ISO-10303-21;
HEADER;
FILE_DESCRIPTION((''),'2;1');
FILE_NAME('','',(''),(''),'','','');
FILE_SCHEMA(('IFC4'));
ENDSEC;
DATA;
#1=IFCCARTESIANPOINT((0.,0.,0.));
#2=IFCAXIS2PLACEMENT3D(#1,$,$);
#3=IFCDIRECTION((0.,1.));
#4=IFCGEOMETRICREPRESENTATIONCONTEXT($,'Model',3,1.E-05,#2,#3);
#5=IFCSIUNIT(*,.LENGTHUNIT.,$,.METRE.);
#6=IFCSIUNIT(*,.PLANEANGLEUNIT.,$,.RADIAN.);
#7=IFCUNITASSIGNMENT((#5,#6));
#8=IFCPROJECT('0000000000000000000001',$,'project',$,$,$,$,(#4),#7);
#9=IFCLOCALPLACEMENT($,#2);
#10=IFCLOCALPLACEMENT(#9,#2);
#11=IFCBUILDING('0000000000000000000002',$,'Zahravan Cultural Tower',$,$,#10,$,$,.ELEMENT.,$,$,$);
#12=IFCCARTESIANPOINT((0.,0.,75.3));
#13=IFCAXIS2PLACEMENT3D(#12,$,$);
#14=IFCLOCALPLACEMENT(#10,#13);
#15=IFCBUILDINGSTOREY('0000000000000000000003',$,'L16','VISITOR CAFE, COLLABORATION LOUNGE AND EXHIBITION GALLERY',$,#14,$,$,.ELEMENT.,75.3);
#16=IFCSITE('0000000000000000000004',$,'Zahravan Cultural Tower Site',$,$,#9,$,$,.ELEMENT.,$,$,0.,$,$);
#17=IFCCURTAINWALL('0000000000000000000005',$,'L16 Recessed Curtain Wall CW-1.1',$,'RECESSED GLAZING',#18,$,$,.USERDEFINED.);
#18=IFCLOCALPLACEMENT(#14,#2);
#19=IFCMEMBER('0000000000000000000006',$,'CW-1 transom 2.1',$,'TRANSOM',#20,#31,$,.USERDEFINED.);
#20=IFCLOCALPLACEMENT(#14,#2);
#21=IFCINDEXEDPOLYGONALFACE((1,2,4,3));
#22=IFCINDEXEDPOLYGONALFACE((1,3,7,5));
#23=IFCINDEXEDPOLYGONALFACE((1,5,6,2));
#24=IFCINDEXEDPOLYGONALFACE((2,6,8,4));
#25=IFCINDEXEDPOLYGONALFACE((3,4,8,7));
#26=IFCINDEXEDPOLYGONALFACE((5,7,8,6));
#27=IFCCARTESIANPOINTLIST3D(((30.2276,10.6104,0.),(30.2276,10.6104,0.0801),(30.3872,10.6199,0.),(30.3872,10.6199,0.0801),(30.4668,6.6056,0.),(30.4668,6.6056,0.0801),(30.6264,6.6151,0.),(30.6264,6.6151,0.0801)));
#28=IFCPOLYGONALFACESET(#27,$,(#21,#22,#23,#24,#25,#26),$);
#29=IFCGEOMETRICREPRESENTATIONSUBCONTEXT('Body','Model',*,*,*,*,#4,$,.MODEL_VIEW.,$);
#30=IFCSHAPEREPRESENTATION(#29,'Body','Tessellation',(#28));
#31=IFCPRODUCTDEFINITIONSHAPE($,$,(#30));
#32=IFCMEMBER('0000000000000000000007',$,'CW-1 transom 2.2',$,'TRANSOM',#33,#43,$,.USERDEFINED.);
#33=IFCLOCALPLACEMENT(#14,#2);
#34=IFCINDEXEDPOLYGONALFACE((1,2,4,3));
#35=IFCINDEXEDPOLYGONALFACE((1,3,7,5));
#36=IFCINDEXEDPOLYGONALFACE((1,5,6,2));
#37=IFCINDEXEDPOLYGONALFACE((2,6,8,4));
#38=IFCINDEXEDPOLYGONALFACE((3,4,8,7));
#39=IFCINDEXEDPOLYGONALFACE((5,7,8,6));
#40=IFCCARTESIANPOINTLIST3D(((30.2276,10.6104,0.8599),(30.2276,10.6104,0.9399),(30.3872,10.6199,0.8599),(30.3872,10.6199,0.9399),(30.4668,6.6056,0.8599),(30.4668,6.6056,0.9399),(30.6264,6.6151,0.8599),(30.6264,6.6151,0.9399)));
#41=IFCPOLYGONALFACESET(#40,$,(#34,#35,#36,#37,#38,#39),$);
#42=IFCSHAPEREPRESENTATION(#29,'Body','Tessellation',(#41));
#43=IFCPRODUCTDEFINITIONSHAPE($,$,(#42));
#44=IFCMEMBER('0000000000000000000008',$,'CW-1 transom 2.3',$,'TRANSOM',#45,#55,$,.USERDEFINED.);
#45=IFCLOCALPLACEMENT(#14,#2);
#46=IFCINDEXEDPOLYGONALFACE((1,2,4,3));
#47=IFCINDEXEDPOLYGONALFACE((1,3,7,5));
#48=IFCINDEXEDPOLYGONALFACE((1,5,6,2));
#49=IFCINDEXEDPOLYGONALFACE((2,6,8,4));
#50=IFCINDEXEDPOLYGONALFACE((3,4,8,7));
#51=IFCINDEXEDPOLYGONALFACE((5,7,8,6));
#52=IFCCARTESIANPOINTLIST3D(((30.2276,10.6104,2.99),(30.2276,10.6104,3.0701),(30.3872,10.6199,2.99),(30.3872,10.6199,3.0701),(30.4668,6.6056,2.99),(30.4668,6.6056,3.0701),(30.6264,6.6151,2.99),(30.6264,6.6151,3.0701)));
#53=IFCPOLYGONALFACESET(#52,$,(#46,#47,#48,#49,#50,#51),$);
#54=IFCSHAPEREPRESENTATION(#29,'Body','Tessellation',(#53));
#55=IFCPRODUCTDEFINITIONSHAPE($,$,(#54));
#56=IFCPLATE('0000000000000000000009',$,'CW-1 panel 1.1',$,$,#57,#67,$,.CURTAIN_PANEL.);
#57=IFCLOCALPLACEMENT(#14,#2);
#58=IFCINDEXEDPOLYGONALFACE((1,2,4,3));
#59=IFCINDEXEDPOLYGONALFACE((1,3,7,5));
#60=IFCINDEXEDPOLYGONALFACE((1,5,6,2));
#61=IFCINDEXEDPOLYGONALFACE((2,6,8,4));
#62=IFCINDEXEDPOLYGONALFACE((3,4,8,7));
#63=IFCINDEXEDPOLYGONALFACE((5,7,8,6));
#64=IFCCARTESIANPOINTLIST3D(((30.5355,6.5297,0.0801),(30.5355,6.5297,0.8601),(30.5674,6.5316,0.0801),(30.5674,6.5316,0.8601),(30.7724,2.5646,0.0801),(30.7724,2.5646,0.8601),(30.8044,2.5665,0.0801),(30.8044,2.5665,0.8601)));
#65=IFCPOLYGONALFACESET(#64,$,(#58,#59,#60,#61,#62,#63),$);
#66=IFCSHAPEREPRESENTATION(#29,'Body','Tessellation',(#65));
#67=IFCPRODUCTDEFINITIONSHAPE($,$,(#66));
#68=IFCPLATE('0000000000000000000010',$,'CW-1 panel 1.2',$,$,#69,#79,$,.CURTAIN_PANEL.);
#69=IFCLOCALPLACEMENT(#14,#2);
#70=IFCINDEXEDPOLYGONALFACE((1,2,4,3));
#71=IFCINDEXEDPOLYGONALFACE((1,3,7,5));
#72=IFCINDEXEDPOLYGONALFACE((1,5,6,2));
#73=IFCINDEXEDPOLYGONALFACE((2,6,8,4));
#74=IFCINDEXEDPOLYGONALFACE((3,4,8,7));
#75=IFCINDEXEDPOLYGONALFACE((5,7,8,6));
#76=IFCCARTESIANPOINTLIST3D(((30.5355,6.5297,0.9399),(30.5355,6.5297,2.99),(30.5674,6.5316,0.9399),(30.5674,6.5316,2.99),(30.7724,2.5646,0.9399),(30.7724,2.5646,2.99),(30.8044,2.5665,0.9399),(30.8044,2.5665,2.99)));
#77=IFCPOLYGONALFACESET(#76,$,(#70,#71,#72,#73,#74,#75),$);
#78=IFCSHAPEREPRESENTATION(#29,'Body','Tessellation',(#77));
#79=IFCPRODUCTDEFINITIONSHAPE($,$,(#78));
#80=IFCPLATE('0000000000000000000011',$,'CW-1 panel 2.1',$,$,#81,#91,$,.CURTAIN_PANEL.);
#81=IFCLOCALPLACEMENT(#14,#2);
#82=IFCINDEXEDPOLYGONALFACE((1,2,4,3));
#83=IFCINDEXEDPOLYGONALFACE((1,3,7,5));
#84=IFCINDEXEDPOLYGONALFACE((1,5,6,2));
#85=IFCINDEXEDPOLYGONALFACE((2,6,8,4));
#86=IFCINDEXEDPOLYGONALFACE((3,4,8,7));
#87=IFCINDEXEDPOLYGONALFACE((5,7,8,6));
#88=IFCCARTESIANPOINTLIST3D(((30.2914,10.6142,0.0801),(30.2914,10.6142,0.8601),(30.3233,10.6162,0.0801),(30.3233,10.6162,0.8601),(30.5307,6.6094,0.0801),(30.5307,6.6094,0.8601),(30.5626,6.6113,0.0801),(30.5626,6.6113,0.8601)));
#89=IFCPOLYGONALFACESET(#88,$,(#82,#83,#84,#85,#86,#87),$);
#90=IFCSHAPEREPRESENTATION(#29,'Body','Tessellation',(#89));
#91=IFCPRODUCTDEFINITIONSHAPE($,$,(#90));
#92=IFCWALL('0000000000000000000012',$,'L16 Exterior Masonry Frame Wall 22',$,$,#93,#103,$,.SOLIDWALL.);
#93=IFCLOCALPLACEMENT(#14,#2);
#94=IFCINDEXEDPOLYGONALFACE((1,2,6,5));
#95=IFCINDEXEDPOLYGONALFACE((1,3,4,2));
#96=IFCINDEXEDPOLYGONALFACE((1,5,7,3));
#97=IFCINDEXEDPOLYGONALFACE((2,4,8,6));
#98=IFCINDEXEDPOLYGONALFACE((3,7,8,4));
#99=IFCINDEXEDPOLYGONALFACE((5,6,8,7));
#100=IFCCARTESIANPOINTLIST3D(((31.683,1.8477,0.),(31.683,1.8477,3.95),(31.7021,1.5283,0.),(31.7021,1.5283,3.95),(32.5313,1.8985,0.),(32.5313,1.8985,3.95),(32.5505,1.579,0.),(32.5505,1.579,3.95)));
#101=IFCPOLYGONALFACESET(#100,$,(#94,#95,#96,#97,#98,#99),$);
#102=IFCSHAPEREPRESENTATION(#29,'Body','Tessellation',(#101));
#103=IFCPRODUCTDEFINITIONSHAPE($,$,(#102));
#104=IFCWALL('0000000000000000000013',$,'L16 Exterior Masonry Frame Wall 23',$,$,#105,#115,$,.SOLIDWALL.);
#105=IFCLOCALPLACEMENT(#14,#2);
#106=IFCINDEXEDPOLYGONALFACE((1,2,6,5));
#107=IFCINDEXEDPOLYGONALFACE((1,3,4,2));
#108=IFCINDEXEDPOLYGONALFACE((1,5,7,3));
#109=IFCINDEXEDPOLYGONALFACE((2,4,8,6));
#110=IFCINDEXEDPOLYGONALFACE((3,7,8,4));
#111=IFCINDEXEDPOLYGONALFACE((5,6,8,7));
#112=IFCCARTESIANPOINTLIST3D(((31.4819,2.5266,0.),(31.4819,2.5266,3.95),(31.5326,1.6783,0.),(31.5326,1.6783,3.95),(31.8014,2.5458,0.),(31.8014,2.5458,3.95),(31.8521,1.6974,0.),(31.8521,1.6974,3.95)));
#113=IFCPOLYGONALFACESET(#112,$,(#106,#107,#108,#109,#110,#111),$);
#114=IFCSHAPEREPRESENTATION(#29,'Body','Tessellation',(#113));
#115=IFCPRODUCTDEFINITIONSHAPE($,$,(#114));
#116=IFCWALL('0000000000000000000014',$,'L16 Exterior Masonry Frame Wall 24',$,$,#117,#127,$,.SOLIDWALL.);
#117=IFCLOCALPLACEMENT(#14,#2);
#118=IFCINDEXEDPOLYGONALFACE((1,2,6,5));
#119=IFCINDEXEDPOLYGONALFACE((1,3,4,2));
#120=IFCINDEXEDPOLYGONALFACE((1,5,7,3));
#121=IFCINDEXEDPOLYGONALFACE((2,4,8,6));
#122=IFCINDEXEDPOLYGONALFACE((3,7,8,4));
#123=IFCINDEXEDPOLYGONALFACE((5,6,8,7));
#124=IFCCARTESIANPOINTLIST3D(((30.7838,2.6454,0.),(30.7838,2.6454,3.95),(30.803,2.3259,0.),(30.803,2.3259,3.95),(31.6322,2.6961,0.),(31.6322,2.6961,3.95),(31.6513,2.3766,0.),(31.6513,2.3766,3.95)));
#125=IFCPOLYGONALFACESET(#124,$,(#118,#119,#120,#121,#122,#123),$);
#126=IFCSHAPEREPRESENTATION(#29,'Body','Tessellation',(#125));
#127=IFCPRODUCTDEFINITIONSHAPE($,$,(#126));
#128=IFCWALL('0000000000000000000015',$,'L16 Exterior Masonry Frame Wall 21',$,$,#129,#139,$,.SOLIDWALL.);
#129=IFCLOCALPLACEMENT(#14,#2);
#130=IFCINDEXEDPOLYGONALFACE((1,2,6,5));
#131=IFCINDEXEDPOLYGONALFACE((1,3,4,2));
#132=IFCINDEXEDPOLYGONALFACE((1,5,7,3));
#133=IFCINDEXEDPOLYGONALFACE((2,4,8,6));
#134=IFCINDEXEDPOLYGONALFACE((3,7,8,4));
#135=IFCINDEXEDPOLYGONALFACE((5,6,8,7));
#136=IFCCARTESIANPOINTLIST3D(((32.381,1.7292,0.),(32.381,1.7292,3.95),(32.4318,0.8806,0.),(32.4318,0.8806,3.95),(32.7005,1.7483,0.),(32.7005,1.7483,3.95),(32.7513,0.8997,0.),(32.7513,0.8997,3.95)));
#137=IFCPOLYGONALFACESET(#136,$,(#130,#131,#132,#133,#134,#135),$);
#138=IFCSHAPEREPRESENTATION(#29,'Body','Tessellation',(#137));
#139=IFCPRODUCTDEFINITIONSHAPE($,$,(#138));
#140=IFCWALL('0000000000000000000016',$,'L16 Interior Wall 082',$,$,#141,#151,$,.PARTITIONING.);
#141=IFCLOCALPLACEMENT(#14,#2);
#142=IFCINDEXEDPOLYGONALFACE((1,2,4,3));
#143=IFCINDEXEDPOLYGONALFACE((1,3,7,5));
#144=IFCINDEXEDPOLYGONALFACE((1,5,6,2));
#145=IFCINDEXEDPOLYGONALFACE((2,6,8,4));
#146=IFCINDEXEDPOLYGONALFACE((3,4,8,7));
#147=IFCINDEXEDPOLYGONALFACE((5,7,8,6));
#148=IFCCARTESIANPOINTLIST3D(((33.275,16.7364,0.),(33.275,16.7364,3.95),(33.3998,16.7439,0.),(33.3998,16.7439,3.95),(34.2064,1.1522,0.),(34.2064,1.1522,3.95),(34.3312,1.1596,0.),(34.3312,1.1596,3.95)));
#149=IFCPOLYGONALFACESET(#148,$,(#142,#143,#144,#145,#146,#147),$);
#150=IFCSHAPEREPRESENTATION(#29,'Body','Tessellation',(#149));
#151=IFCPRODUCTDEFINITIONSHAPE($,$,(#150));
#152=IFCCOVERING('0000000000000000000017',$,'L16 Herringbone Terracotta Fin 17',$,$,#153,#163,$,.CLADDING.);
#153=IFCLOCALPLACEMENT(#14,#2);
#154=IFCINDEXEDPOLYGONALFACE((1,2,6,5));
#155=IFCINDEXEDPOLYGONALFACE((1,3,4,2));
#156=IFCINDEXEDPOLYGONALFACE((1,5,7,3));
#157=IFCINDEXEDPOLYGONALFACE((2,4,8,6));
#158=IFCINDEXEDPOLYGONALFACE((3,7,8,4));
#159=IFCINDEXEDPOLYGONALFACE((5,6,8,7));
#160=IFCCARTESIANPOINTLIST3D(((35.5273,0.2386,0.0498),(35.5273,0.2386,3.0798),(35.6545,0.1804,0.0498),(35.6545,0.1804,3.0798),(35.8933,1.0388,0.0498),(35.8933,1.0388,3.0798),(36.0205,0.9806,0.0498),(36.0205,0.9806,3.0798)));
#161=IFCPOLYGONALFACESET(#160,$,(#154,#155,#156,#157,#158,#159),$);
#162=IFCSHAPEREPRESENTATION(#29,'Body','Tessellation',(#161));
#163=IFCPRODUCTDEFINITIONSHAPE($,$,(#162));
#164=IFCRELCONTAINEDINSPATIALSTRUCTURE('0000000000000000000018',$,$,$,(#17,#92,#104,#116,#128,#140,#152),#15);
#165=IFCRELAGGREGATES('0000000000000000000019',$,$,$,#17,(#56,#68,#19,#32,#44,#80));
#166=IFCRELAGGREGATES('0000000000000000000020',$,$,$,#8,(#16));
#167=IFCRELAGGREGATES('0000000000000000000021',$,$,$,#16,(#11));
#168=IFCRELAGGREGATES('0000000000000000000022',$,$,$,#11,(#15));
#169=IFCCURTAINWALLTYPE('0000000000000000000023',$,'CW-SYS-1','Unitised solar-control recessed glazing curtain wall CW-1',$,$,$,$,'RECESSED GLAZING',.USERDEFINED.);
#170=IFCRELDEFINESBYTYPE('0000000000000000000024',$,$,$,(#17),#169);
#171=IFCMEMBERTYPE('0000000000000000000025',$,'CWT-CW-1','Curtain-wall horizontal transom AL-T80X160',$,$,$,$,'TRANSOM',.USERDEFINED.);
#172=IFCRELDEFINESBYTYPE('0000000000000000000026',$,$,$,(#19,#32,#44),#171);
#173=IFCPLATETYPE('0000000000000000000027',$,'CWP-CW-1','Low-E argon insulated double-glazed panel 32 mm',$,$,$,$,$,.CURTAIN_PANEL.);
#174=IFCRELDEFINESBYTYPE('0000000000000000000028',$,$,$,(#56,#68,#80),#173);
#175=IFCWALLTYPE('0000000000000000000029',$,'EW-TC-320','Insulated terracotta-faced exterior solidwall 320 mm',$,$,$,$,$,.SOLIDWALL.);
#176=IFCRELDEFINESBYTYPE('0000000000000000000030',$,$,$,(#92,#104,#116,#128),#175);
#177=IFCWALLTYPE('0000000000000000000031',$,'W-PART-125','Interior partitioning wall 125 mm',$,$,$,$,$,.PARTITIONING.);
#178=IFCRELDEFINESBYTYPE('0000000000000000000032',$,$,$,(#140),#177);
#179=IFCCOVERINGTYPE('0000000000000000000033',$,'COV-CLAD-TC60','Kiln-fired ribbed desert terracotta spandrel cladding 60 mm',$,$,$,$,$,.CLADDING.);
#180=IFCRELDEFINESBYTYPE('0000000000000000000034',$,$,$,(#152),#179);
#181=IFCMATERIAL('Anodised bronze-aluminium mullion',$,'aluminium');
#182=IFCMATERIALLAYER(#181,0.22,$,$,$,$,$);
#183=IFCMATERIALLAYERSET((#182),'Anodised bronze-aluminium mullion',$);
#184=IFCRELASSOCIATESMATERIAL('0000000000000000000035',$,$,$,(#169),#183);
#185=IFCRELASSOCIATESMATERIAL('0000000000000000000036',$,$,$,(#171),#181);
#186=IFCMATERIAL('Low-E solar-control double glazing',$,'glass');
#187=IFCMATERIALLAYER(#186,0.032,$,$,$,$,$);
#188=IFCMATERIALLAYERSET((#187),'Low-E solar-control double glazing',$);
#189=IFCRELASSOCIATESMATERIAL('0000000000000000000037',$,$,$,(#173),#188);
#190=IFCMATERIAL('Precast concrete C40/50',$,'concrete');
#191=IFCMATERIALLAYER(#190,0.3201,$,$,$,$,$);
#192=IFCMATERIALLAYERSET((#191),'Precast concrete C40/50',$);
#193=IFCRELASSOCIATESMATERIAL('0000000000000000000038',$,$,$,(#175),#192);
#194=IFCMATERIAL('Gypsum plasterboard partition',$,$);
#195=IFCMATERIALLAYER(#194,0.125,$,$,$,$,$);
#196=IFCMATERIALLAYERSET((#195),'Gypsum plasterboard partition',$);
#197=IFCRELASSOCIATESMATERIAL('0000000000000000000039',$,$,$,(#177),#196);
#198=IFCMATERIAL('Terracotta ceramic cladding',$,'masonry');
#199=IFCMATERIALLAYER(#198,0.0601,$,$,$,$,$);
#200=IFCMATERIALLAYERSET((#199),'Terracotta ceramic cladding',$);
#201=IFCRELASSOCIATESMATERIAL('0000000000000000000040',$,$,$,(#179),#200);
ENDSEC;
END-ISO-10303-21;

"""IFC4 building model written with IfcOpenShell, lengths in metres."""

from ifc_helpers import new_model, si_unit, direction, frame, frame_2d, origin, origin_2d, place, context, subcontext, project, spatial, rectangle, extrude, source, transform, mapped, material, layer, layer_set, material_profile, profile_set, type_object, element, aggregate, save


model = new_model("IFC4")

# Units and contexts
model_context = context("Model", 3, precision=1e-05, world=origin(), true_north=direction((0.0, 1.0)))
body_context = subcontext(model_context, "Body", "Model", "MODEL_VIEW")
ifc_project = project(units=[si_unit("LENGTHUNIT", "METRE"), si_unit("PLANEANGLEUNIT", "RADIAN")], contexts=[model_context])

# Site, building, storey
site_placement = place(None, origin())
site = spatial("IfcSite", under=ifc_project, at=site_placement, Name="Zahravan Cultural Tower Site", CompositionType="ELEMENT", RefElevation=0.0)
building_placement = place(site_placement, origin())
building = spatial("IfcBuilding", under=site, at=building_placement, Name="Zahravan Cultural Tower", CompositionType="ELEMENT")
storey_placement = place(building_placement, frame((0.0, 0.0, 75.3)))
storey = spatial("IfcBuildingStorey", under=building, at=storey_placement, Name="L16", Description="VISITOR CAFE, COLLABORATION LOUNGE AND EXHIBITION GALLERY", CompositionType="ELEMENT", Elevation=75.3)

# Curtain wall, members, plates
ifc_material_1 = material(Name="Anodised bronze-aluminium mullion", Category="aluminium")
ifc_layer_1 = layer(ifc_material_1, 0.22)
ifc_layer_set_1 = layer_set([ifc_layer_1], Name="Anodised bronze-aluminium mullion")
curtain_wall_type = type_object("IfcCurtainWallType", Name="CW-SYS-1", Description="Unitised solar-control recessed glazing curtain wall CW-1", ElementType="RECESSED GLAZING", PredefinedType="USERDEFINED", material=ifc_layer_set_1)
curtain_wall_placement = place(storey_placement, origin())
curtain_wall = element("IfcCurtainWall", 1, at=curtain_wall_placement, inside=storey, type_object=curtain_wall_type, Name="L16 Recessed Curtain Wall CW-1.1", ObjectType="RECESSED GLAZING", PredefinedType="USERDEFINED")
ifc_material_profile_1 = material_profile(ifc_material_1, rectangle(XDim=0.1599, YDim=0.0801, at=origin_2d()), Name="AL-T80X160")
ifc_profile_set_1 = profile_set([ifc_material_profile_1], Name="Anodised bronze-aluminium mullion")
member_type_1 = type_object("IfcMemberType", Name="CWT-CW-1", Description="Curtain-wall horizontal transom AL-T80X160", ElementType="TRANSOM", PredefinedType="USERDEFINED", material=ifc_profile_set_1)
shared_shape_1 = source(origin(), body_context, "Body", "SweptSolid", [
    extrude(rectangle(XDim=0.1599, YDim=0.0801, at=origin_2d()), origin(), (0.0, 0.0, 1.0), 4.012),
])
member_1_placement = place(storey_placement, frame((30.5466, 6.6104, 0.04), z_axis=(-0.059635, 0.99822, 0.0), x_axis=(-0.99822, -0.059635, 0.0)))
member_1 = element("IfcMember", 2, at=member_1_placement, type_object=member_type_1, Name="CW-1 transom 2.1", ObjectType="TRANSOM", PredefinedType="USERDEFINED", context=body_context, shape_type="MappedRepresentation", body=[
    mapped(shared_shape_1, transform((0.0, 0.0, 0.0), x_axis=(1.0, 0.0, 0.0), y_axis=(0.0, 1.0, 0.0), z_axis=(0.0, 0.0, 1.0), scale=1.0)),
])
member_2_placement = place(storey_placement, frame((30.5466, 6.6104, 0.8999), z_axis=(-0.059635, 0.99822, 0.0), x_axis=(-0.99822, -0.059635, 0.0)))
member_2 = element("IfcMember", 3, at=member_2_placement, type_object=member_type_1, Name="CW-1 transom 2.2", ObjectType="TRANSOM", PredefinedType="USERDEFINED", context=body_context, shape_type="MappedRepresentation", body=[
    mapped(shared_shape_1, transform((0.0, 0.0, 0.0), x_axis=(1.0, 0.0, 0.0), y_axis=(0.0, 1.0, 0.0), z_axis=(0.0, 0.0, 1.0), scale=1.0)),
])
member_3_placement = place(storey_placement, frame((30.5466, 6.6104, 3.03), z_axis=(-0.059635, 0.99822, 0.0), x_axis=(-0.99822, -0.059635, 0.0)))
member_3 = element("IfcMember", 4, at=member_3_placement, type_object=member_type_1, Name="CW-1 transom 2.3", ObjectType="TRANSOM", PredefinedType="USERDEFINED", context=body_context, shape_type="MappedRepresentation", body=[
    mapped(shared_shape_1, transform((0.0, 0.0, 0.0), x_axis=(1.0, 0.0, 0.0), y_axis=(0.0, 1.0, 0.0), z_axis=(0.0, 0.0, 1.0), scale=1.0)),
])
ifc_material_2 = material(Name="Low-E solar-control double glazing", Category="glass")
ifc_layer_2 = layer(ifc_material_2, 0.032)
ifc_layer_set_2 = layer_set([ifc_layer_2], Name="Low-E solar-control double glazing")
plate_type = type_object("IfcPlateType", Name="CWP-CW-1", Description="Low-E argon insulated double-glazed panel 32 mm", PredefinedType="CURTAIN_PANEL", material=ifc_layer_set_2)
shared_shape_2 = source(origin(), body_context, "Body", "SweptSolid", [
    extrude(rectangle(XDim=3.9722, YDim=0.032, at=origin_2d()), origin(), (0.0, 0.0, 1.0), 0.78),
])
plate_1_placement = place(storey_placement, frame((30.6699, 4.5481, 0.0801), z_axis=(0.0, 0.0, 1.0), x_axis=(-0.059652, 0.998219, 0.0)))
plate_1 = element("IfcPlate", 5, at=plate_1_placement, type_object=plate_type, Name="CW-1 panel 1.1", PredefinedType="CURTAIN_PANEL", context=body_context, shape_type="MappedRepresentation", body=[
    mapped(shared_shape_2, transform((0.0, 0.0, 0.0), x_axis=(1.0, 0.0, 0.0), y_axis=(0.0, 1.0, 0.0), z_axis=(0.0, 0.0, 1.0), scale=1.0)),
])
shared_shape_3 = source(origin(), body_context, "Body", "SweptSolid", [
    extrude(rectangle(XDim=3.9722, YDim=0.032, at=origin_2d()), origin(), (0.0, 0.0, 1.0), 2.05),
])
plate_2_placement = place(storey_placement, frame((30.6699, 4.5481, 0.9399), z_axis=(0.0, 0.0, 1.0), x_axis=(-0.059652, 0.998219, 0.0)))
plate_2 = element("IfcPlate", 6, at=plate_2_placement, type_object=plate_type, Name="CW-1 panel 1.2", PredefinedType="CURTAIN_PANEL", context=body_context, shape_type="MappedRepresentation", body=[
    mapped(shared_shape_3, transform((0.0, 0.0, 0.0), x_axis=(1.0, 0.0, 0.0), y_axis=(0.0, 1.0, 0.0), z_axis=(0.0, 0.0, 1.0), scale=1.0)),
])
shared_shape_4 = source(origin(), body_context, "Body", "SweptSolid", [
    extrude(rectangle(XDim=4.012, YDim=0.032, at=origin_2d()), origin(), (0.0, 0.0, 1.0), 0.78),
])
plate_3_placement = place(storey_placement, frame((30.427, 8.6128, 0.0801), z_axis=(0.0, 0.0, 1.0), x_axis=(-0.059652, 0.998219, 0.0)))
plate_3 = element("IfcPlate", 7, at=plate_3_placement, type_object=plate_type, Name="CW-1 panel 2.1", PredefinedType="CURTAIN_PANEL", context=body_context, shape_type="MappedRepresentation", body=[
    mapped(shared_shape_4, transform((0.0, 0.0, 0.0), x_axis=(1.0, 0.0, 0.0), y_axis=(0.0, 1.0, 0.0), z_axis=(0.0, 0.0, 1.0), scale=1.0)),
])
aggregate(curtain_wall, [plate_1, plate_2, member_1, member_2, member_3, plate_3])

# Walls
ifc_material_3 = material(Name="Precast concrete C40/50", Category="concrete")
ifc_layer_3 = layer(ifc_material_3, 0.3201)
ifc_layer_set_3 = layer_set([ifc_layer_3], Name="Precast concrete C40/50")
wall_type_1 = type_object("IfcWallType", Name="EW-TC-320", Description="Insulated terracotta-faced exterior solidwall 320 mm", PredefinedType="SOLIDWALL", material=ifc_layer_set_3)
shared_shape_5 = source(origin(), body_context, "Body", "SweptSolid", [
    extrude(rectangle(XDim=0.8499, YDim=0.3201, at=frame_2d((0.4248, 0.0))), origin(), (0.0, 0.0, 1.0), 3.95),
])
for number, where, z_axis, x_axis, name in (
    (8, (32.5408, 1.7388, 0.0), (0.0, 0.0, 1.0), (-0.998213, -0.059749, 0.0), "L16 Exterior Masonry Frame Wall 22"),
    (9, (31.6924, 1.688, 0.0), (0.0, 0.0, 1.0), (-0.059749, 0.998213, 0.0), "L16 Exterior Masonry Frame Wall 23"),
    (10, (31.6416, 2.5364, 0.0), (0.0, 0.0, 1.0), (-0.998213, -0.059749, 0.0), "L16 Exterior Masonry Frame Wall 24"),
):
    element("IfcWall", number, at=place(storey_placement, frame(where, z_axis=z_axis, x_axis=x_axis)), inside=storey, type_object=wall_type_1, Name=name, PredefinedType="SOLIDWALL", context=body_context, shape_type="MappedRepresentation", body=[
        mapped(shared_shape_5, transform((0.0, 0.0, 0.0), x_axis=(1.0, 0.0, 0.0), y_axis=(0.0, 1.0, 0.0), z_axis=(0.0, 0.0, 1.0), scale=1.0)),
    ])
shared_shape_6 = source(origin(), body_context, "Body", "SweptSolid", [
    extrude(rectangle(XDim=0.8501, YDim=0.3201, at=frame_2d((0.425, 0.0))), origin(), (0.0, 0.0, 1.0), 3.95),
])
wall_1_placement = place(storey_placement, frame((32.5916, 0.8901, 0.0), z_axis=(0.0, 0.0, 1.0), x_axis=(-0.059732, 0.998214, 0.0)))
element("IfcWall", 11, at=wall_1_placement, inside=storey, type_object=wall_type_1, Name="L16 Exterior Masonry Frame Wall 21", PredefinedType="SOLIDWALL", context=body_context, shape_type="MappedRepresentation", body=[
    mapped(shared_shape_6, transform((0.0, 0.0, 0.0), x_axis=(1.0, 0.0, 0.0), y_axis=(0.0, 1.0, 0.0), z_axis=(0.0, 0.0, 1.0), scale=1.0)),
])
ifc_material_4 = material(Name="Gypsum plasterboard partition")
ifc_layer_4 = layer(ifc_material_4, 0.125)
ifc_layer_set_4 = layer_set([ifc_layer_4], Name="Gypsum plasterboard partition")
wall_type_2 = type_object("IfcWallType", Name="W-PART-125", Description="Interior partitioning wall 125 mm", PredefinedType="PARTITIONING", material=ifc_layer_set_4)
shared_shape_7 = source(origin(), body_context, "Body", "SweptSolid", [
    extrude(rectangle(XDim=15.6121, YDim=0.125, at=frame_2d((7.8062, 0.0))), origin(), (0.0, 0.0, 1.0), 3.95),
])
wall_2_placement = place(storey_placement, frame((34.2688, 1.1558, 0.0), z_axis=(0.0, 0.0, 1.0), x_axis=(-0.059659, 0.998219, 0.0)))
element("IfcWall", 12, at=wall_2_placement, inside=storey, type_object=wall_type_2, Name="L16 Interior Wall 082", PredefinedType="PARTITIONING", context=body_context, shape_type="MappedRepresentation", body=[
    mapped(shared_shape_7, transform((0.0, 0.0, 0.0), x_axis=(1.0, 0.0, 0.0), y_axis=(0.0, 1.0, 0.0), z_axis=(0.0, 0.0, 1.0), scale=1.0)),
])

# Covering
ifc_material_5 = material(Name="Terracotta ceramic cladding", Category="masonry")
ifc_layer_5 = layer(ifc_material_5, 0.0601)
ifc_layer_set_5 = layer_set([ifc_layer_5], Name="Terracotta ceramic cladding")
covering_type = type_object("IfcCoveringType", Name="COV-CLAD-TC60", Description="Kiln-fired ribbed desert terracotta spandrel cladding 60 mm", PredefinedType="CLADDING", material=ifc_layer_set_5)
shared_shape_8 = source(origin(), body_context, "Body", "SweptSolid", [
    extrude(rectangle(XDim=0.8799, YDim=0.1399, at=origin_2d()), origin(), (0.0, 0.0, 1.0), 3.03),
])
covering_placement = place(storey_placement, frame((35.7739, 0.6096, 0.0498), z_axis=(0.0, 0.0, 1.0), x_axis=(-0.415963, -0.909381, 0.0)))
element("IfcCovering", 13, at=covering_placement, inside=storey, type_object=covering_type, Name="L16 Herringbone Terracotta Fin 17", PredefinedType="CLADDING", context=body_context, shape_type="MappedRepresentation", body=[
    mapped(shared_shape_8, transform((0.0, 0.0, 0.0), x_axis=(1.0, 0.0, 0.0), y_axis=(0.0, 1.0, 0.0), z_axis=(0.0, 0.0, 1.0), scale=1.0)),
])

save(model, "model.ifc")
